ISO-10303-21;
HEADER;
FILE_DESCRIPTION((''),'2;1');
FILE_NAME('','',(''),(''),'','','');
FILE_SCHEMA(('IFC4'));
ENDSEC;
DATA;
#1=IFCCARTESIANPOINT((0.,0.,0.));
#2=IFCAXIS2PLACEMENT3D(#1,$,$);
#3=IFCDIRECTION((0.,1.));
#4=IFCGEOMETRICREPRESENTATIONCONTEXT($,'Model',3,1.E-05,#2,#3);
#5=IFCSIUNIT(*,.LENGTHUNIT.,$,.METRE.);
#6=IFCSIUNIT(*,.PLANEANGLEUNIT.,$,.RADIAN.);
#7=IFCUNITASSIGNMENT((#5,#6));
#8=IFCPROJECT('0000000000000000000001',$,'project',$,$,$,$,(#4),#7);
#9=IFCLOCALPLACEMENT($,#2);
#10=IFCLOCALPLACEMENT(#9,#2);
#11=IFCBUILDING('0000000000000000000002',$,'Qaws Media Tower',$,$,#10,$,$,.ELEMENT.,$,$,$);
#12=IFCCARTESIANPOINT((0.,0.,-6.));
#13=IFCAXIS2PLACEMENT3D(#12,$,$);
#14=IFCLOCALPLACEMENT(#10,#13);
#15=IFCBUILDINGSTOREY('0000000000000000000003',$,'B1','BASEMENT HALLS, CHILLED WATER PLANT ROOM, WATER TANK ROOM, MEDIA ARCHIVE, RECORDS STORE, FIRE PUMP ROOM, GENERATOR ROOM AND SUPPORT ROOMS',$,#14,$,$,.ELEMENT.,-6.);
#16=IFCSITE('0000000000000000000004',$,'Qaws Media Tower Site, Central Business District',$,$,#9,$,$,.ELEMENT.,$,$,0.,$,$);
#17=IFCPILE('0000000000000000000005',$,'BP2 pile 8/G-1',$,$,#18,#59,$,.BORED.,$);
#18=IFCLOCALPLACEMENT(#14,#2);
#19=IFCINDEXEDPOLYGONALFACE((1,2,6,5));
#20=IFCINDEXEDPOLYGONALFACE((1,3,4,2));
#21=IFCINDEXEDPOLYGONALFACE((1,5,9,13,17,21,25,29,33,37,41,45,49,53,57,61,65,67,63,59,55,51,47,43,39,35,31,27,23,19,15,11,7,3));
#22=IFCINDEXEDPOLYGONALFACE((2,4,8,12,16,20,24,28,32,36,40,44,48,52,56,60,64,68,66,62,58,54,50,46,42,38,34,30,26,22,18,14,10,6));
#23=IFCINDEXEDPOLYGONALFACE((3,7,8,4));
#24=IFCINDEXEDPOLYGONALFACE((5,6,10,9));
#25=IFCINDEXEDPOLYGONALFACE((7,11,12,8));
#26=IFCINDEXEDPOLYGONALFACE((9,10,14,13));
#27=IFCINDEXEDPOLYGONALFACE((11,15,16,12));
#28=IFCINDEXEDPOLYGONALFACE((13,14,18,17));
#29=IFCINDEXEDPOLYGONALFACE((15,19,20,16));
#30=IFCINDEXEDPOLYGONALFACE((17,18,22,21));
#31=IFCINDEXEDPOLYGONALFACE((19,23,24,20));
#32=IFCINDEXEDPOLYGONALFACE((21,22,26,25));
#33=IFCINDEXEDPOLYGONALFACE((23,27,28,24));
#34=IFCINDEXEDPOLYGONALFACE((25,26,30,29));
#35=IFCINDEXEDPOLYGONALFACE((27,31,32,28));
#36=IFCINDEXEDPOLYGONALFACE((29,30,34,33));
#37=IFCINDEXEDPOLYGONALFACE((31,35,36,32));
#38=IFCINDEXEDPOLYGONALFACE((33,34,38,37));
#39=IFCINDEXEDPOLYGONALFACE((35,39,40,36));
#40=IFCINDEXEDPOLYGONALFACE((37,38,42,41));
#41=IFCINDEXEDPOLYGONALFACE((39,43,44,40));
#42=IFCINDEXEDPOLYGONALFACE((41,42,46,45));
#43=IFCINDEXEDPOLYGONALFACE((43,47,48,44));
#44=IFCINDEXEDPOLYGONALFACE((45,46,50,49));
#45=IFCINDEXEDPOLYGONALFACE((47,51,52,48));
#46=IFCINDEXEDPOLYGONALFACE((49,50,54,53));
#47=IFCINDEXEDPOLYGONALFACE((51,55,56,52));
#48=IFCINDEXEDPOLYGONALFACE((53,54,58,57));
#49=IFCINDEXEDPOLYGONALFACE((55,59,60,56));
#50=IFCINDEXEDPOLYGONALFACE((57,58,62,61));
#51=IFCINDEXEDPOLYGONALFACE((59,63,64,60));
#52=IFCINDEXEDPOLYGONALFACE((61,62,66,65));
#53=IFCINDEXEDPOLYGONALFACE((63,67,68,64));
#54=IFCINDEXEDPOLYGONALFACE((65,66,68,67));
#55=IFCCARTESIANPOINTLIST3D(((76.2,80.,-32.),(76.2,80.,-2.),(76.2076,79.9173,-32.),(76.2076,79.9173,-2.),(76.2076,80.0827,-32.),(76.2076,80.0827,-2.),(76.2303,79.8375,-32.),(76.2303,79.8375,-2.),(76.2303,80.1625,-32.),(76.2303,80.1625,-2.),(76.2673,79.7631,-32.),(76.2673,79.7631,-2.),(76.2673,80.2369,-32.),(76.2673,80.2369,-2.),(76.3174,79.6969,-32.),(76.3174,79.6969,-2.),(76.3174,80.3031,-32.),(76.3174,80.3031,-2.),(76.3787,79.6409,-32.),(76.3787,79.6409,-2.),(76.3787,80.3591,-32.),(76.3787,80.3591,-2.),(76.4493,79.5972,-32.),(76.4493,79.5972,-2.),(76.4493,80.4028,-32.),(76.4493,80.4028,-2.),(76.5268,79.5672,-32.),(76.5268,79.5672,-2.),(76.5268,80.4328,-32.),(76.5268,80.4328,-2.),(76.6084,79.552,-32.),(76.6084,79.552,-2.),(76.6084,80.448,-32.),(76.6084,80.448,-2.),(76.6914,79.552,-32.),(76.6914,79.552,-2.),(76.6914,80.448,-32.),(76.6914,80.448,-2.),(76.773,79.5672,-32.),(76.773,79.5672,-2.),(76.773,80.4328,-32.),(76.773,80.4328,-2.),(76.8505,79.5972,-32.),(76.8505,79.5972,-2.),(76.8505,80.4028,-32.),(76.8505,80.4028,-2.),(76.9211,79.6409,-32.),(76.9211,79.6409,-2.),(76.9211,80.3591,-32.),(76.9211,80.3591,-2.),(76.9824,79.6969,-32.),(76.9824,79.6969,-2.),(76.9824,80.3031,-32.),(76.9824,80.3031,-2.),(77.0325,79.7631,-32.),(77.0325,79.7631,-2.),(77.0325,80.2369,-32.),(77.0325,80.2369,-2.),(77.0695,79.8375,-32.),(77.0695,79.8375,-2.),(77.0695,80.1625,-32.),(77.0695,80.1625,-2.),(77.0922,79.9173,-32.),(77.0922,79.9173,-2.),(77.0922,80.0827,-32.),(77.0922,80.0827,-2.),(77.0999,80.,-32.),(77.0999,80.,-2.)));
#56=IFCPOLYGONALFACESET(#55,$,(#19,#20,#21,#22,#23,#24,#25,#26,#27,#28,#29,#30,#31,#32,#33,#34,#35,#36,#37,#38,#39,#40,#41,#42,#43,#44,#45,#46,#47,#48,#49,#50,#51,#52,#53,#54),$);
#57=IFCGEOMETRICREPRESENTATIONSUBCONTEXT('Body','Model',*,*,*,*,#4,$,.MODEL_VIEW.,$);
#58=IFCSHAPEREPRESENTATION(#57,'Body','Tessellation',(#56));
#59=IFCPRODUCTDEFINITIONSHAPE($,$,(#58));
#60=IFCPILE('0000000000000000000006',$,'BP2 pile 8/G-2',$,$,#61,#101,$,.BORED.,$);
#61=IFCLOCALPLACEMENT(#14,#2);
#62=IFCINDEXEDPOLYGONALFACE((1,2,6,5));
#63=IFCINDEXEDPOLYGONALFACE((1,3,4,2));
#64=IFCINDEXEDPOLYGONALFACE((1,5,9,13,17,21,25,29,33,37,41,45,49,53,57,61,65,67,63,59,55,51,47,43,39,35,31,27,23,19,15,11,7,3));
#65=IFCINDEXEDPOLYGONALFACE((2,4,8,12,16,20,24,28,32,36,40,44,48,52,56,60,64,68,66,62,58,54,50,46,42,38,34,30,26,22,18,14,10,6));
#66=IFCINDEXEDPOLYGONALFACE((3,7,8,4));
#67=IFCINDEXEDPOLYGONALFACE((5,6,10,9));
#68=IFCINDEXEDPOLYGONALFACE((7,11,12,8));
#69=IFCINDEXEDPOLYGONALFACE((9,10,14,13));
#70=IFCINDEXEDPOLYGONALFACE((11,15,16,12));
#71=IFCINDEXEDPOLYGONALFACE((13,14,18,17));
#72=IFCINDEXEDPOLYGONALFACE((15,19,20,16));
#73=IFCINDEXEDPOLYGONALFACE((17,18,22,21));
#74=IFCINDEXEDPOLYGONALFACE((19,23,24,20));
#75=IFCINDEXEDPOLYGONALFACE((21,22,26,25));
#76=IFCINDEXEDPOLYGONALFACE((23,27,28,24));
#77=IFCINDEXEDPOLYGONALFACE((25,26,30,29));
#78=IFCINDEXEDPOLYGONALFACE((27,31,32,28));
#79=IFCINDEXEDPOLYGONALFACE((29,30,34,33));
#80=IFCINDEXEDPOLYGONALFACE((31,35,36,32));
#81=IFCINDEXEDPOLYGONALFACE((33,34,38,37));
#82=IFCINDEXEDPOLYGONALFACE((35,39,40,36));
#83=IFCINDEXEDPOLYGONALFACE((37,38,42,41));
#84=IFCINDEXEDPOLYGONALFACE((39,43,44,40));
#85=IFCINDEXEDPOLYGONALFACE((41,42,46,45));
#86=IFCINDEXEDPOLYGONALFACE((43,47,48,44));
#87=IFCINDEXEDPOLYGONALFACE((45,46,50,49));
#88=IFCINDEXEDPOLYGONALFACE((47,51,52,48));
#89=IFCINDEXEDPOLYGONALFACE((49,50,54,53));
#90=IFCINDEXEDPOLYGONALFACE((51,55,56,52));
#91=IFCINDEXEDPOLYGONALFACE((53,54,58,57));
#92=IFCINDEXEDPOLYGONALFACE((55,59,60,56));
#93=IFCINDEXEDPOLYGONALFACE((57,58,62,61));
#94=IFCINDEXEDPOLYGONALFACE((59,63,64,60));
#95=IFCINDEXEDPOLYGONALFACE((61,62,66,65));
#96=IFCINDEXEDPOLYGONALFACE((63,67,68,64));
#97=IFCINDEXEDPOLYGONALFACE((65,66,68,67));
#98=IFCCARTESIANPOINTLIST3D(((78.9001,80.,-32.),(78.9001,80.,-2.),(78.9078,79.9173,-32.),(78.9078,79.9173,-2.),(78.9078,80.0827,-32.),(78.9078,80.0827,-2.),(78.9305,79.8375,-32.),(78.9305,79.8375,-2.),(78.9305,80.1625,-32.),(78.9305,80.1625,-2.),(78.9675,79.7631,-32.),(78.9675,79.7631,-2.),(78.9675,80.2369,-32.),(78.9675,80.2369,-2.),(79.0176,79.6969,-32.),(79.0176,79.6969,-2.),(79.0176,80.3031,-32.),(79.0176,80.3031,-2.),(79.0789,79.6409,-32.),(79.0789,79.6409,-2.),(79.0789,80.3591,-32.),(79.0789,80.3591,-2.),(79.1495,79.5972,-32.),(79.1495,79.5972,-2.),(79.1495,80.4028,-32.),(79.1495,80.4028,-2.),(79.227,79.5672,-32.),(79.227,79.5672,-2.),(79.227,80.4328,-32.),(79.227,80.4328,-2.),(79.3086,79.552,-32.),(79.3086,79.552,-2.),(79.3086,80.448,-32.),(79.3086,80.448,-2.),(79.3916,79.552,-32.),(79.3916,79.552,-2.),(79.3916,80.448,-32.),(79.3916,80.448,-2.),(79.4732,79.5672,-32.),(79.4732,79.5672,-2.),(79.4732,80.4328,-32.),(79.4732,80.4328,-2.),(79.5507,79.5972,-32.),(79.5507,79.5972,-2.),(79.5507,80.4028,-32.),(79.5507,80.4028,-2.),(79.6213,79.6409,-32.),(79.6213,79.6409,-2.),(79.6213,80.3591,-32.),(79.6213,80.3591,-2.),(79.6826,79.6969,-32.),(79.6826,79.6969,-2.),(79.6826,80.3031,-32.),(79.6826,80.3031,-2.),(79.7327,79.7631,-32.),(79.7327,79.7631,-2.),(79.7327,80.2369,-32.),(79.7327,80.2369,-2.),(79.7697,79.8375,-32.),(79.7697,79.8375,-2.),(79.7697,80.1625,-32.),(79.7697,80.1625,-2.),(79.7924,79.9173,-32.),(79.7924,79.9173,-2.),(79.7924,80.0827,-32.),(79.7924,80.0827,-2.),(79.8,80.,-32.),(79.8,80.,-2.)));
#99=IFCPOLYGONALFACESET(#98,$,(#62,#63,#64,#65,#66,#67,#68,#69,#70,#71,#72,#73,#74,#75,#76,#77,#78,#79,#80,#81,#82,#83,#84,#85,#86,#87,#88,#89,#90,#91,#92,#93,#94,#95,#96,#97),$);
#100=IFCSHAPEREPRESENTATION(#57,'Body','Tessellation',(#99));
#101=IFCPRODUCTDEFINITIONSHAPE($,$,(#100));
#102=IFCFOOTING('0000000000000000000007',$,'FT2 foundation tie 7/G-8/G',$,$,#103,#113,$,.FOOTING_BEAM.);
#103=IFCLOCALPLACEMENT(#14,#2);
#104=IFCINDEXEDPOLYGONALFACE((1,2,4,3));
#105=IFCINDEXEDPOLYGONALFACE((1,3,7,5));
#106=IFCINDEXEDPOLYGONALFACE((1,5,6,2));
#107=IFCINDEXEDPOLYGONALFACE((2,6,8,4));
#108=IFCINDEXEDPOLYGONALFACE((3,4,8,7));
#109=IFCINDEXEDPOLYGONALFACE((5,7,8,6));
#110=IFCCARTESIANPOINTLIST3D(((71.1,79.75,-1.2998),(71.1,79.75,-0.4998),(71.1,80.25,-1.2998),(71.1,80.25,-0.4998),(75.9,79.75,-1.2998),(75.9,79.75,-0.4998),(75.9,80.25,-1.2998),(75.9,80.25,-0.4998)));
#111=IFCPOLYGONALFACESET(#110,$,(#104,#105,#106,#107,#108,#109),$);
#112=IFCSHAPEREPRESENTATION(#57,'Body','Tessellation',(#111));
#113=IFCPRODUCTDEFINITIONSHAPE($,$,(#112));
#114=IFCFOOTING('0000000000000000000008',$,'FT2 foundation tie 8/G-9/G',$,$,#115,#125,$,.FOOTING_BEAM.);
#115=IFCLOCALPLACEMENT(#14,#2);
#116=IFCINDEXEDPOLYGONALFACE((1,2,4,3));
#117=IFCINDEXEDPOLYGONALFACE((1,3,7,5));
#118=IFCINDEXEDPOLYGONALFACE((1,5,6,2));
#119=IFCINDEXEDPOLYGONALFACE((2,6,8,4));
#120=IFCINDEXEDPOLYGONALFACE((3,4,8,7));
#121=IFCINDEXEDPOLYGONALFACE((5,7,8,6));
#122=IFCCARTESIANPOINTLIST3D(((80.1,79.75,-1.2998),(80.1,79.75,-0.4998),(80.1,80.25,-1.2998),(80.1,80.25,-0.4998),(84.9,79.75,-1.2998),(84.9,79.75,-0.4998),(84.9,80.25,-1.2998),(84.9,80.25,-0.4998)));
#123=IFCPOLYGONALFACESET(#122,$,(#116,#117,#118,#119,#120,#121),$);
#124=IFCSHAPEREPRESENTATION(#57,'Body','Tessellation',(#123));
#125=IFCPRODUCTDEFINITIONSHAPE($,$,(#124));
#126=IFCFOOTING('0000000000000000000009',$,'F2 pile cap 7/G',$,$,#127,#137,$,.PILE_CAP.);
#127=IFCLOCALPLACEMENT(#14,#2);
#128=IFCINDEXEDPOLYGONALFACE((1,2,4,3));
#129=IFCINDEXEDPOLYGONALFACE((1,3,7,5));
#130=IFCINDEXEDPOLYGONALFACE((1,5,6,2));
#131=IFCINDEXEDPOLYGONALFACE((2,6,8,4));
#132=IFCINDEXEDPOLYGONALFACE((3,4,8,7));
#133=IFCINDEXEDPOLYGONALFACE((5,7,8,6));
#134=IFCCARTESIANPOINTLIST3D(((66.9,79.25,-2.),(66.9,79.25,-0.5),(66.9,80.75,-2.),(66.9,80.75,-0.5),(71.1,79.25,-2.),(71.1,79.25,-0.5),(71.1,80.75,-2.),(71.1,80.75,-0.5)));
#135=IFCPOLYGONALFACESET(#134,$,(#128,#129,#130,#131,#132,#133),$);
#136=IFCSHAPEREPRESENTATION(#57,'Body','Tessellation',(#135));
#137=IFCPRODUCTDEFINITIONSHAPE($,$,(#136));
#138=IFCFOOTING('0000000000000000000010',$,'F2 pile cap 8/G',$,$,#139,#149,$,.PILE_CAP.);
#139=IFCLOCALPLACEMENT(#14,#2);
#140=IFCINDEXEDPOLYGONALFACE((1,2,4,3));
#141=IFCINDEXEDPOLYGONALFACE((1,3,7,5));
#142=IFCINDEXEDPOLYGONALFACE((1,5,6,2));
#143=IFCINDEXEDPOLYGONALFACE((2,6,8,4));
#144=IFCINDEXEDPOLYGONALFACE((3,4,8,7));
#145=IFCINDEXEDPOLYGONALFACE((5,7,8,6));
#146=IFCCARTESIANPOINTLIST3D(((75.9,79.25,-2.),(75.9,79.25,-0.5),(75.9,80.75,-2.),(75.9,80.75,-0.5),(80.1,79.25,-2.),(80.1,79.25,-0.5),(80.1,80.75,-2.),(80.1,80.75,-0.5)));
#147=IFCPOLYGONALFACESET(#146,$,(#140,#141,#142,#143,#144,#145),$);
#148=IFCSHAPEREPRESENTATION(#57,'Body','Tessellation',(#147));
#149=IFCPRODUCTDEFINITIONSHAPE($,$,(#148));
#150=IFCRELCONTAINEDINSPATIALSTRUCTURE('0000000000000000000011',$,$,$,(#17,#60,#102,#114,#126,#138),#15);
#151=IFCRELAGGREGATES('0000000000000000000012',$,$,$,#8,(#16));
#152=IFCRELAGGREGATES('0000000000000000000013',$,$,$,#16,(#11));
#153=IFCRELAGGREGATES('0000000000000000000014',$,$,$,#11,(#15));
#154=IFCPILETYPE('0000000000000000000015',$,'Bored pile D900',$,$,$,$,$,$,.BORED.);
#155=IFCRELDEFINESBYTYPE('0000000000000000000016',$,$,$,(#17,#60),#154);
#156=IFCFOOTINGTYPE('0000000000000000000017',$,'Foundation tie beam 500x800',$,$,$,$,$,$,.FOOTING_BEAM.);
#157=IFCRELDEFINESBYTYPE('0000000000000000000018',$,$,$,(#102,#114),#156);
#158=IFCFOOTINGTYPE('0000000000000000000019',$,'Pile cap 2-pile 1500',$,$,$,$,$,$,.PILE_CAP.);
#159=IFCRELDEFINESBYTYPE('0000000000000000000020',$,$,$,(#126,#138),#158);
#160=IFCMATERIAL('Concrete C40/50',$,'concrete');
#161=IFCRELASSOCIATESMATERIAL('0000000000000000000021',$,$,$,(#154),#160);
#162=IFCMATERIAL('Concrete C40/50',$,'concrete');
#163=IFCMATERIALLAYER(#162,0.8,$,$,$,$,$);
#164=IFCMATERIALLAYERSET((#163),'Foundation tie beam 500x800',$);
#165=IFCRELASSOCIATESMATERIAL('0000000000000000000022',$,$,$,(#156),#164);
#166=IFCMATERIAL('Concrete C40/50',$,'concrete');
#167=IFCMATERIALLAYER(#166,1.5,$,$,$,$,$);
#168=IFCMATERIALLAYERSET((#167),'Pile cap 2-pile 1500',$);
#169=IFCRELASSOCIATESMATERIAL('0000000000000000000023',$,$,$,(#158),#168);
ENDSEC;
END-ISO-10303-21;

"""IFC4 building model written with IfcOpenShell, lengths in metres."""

from ifc_helpers import new_model, si_unit, direction, frame, origin, origin_2d, place, context, subcontext, project, spatial, rectangle, circle, extrude, material, layer, layer_set, material_profile, profile_set, type_object, element, save


model = new_model("IFC4")

# Units and contexts
model_context = context("Model", 3, precision=1e-05, world=origin(), true_north=direction((0.0, 1.0)))
body_context = subcontext(model_context, "Body", "Model", "MODEL_VIEW")
ifc_project = project(units=[si_unit("LENGTHUNIT", "METRE"), si_unit("PLANEANGLEUNIT", "RADIAN")], contexts=[model_context])

# Site, building, storey
site_placement = place(None, origin())
site = spatial("IfcSite", under=ifc_project, at=site_placement, Name="Qaws Media Tower Site, Central Business District", CompositionType="ELEMENT", RefElevation=0.0)
building_placement = place(site_placement, origin())
building = spatial("IfcBuilding", under=site, at=building_placement, Name="Qaws Media Tower", CompositionType="ELEMENT")
storey_placement = place(building_placement, frame((0.0, 0.0, -6.0)))
storey = spatial("IfcBuildingStorey", under=building, at=storey_placement, Name="B1", Description="BASEMENT HALLS, CHILLED WATER PLANT ROOM, WATER TANK ROOM, MEDIA ARCHIVE, RECORDS STORE, FIRE PUMP ROOM, GENERATOR ROOM AND SUPPORT ROOMS", CompositionType="ELEMENT", Elevation=-6.0)

# Piles
ifc_material_1 = material(Name="Concrete C40/50", Category="concrete")
ifc_material_profile_1 = material_profile(ifc_material_1, circle(Radius=0.45, at=origin_2d()), Name="D900")
ifc_profile_set_1 = profile_set([ifc_material_profile_1], Name="Concrete C40/50")
pile_type_1 = type_object("IfcPileType", Name="Bored pile D900", PredefinedType="BORED", material=ifc_profile_set_1)
for number, where, z_axis, x_axis, name in (
    (1, (76.6499, 80.0, -2.0), (0.0, 0.0, -1.0), (1.0, 0.0, 0.0), "BP2 pile 8/G-1"),
    (2, (79.3501, 80.0, -2.0), (0.0, 0.0, -1.0), (1.0, 0.0, 0.0), "BP2 pile 8/G-2"),
):
    element("IfcPile", number, at=place(storey_placement, frame(where, z_axis=z_axis, x_axis=x_axis)), inside=storey, type_object=pile_type_1, Name=name, PredefinedType="BORED", context=body_context, shape_type="SweptSolid", body=[
        extrude(circle(Radius=0.45, at=origin_2d()), origin(), (0.0, 0.0, 1.0), 30.0),
    ])

# Footings
ifc_material_2 = material(Name="Concrete C40/50", Category="concrete")
ifc_layer_1 = layer(ifc_material_2, 0.8)
ifc_layer_set_1 = layer_set([ifc_layer_1], Name="Foundation tie beam 500x800")
footing_type_1 = type_object("IfcFootingType", Name="Foundation tie beam 500x800", PredefinedType="FOOTING_BEAM", material=ifc_layer_set_1)
for number, where, z_axis, x_axis, name in (
    (3, (73.5, 80.0, -1.2998), (0.0, 0.0, 1.0), (1.0, 0.0, 0.0), "FT2 foundation tie 7/G-8/G"),
    (4, (82.5, 80.0, -1.2998), (0.0, 0.0, 1.0), (1.0, 0.0, 0.0), "FT2 foundation tie 8/G-9/G"),
):
    element("IfcFooting", number, at=place(storey_placement, frame(where, z_axis=z_axis, x_axis=x_axis)), inside=storey, type_object=footing_type_1, Name=name, PredefinedType="FOOTING_BEAM", context=body_context, shape_type="SweptSolid", body=[
        extrude(rectangle(XDim=4.8, YDim=0.5, at=origin_2d()), origin(), (0.0, 0.0, 1.0), 0.8),
    ])
ifc_material_3 = material(Name="Concrete C40/50", Category="concrete")
ifc_layer_2 = layer(ifc_material_3, 1.5)
ifc_layer_set_2 = layer_set([ifc_layer_2], Name="Pile cap 2-pile 1500")
footing_type_2 = type_object("IfcFootingType", Name="Pile cap 2-pile 1500", PredefinedType="PILE_CAP", material=ifc_layer_set_2)
for number, where, z_axis, x_axis, name in (
    (5, (69.0, 80.0, -2.0), (0.0, 0.0, 1.0), (1.0, 0.0, 0.0), "F2 pile cap 7/G"),
    (6, (78.0, 80.0, -2.0), (0.0, 0.0, 1.0), (1.0, 0.0, 0.0), "F2 pile cap 8/G"),
):
    element("IfcFooting", number, at=place(storey_placement, frame(where, z_axis=z_axis, x_axis=x_axis)), inside=storey, type_object=footing_type_2, Name=name, PredefinedType="PILE_CAP", context=body_context, shape_type="SweptSolid", body=[
        extrude(rectangle(XDim=4.2, YDim=1.5, at=origin_2d()), origin(), (0.0, 0.0, 1.0), 1.5),
    ])

save(model, "model.ifc")
